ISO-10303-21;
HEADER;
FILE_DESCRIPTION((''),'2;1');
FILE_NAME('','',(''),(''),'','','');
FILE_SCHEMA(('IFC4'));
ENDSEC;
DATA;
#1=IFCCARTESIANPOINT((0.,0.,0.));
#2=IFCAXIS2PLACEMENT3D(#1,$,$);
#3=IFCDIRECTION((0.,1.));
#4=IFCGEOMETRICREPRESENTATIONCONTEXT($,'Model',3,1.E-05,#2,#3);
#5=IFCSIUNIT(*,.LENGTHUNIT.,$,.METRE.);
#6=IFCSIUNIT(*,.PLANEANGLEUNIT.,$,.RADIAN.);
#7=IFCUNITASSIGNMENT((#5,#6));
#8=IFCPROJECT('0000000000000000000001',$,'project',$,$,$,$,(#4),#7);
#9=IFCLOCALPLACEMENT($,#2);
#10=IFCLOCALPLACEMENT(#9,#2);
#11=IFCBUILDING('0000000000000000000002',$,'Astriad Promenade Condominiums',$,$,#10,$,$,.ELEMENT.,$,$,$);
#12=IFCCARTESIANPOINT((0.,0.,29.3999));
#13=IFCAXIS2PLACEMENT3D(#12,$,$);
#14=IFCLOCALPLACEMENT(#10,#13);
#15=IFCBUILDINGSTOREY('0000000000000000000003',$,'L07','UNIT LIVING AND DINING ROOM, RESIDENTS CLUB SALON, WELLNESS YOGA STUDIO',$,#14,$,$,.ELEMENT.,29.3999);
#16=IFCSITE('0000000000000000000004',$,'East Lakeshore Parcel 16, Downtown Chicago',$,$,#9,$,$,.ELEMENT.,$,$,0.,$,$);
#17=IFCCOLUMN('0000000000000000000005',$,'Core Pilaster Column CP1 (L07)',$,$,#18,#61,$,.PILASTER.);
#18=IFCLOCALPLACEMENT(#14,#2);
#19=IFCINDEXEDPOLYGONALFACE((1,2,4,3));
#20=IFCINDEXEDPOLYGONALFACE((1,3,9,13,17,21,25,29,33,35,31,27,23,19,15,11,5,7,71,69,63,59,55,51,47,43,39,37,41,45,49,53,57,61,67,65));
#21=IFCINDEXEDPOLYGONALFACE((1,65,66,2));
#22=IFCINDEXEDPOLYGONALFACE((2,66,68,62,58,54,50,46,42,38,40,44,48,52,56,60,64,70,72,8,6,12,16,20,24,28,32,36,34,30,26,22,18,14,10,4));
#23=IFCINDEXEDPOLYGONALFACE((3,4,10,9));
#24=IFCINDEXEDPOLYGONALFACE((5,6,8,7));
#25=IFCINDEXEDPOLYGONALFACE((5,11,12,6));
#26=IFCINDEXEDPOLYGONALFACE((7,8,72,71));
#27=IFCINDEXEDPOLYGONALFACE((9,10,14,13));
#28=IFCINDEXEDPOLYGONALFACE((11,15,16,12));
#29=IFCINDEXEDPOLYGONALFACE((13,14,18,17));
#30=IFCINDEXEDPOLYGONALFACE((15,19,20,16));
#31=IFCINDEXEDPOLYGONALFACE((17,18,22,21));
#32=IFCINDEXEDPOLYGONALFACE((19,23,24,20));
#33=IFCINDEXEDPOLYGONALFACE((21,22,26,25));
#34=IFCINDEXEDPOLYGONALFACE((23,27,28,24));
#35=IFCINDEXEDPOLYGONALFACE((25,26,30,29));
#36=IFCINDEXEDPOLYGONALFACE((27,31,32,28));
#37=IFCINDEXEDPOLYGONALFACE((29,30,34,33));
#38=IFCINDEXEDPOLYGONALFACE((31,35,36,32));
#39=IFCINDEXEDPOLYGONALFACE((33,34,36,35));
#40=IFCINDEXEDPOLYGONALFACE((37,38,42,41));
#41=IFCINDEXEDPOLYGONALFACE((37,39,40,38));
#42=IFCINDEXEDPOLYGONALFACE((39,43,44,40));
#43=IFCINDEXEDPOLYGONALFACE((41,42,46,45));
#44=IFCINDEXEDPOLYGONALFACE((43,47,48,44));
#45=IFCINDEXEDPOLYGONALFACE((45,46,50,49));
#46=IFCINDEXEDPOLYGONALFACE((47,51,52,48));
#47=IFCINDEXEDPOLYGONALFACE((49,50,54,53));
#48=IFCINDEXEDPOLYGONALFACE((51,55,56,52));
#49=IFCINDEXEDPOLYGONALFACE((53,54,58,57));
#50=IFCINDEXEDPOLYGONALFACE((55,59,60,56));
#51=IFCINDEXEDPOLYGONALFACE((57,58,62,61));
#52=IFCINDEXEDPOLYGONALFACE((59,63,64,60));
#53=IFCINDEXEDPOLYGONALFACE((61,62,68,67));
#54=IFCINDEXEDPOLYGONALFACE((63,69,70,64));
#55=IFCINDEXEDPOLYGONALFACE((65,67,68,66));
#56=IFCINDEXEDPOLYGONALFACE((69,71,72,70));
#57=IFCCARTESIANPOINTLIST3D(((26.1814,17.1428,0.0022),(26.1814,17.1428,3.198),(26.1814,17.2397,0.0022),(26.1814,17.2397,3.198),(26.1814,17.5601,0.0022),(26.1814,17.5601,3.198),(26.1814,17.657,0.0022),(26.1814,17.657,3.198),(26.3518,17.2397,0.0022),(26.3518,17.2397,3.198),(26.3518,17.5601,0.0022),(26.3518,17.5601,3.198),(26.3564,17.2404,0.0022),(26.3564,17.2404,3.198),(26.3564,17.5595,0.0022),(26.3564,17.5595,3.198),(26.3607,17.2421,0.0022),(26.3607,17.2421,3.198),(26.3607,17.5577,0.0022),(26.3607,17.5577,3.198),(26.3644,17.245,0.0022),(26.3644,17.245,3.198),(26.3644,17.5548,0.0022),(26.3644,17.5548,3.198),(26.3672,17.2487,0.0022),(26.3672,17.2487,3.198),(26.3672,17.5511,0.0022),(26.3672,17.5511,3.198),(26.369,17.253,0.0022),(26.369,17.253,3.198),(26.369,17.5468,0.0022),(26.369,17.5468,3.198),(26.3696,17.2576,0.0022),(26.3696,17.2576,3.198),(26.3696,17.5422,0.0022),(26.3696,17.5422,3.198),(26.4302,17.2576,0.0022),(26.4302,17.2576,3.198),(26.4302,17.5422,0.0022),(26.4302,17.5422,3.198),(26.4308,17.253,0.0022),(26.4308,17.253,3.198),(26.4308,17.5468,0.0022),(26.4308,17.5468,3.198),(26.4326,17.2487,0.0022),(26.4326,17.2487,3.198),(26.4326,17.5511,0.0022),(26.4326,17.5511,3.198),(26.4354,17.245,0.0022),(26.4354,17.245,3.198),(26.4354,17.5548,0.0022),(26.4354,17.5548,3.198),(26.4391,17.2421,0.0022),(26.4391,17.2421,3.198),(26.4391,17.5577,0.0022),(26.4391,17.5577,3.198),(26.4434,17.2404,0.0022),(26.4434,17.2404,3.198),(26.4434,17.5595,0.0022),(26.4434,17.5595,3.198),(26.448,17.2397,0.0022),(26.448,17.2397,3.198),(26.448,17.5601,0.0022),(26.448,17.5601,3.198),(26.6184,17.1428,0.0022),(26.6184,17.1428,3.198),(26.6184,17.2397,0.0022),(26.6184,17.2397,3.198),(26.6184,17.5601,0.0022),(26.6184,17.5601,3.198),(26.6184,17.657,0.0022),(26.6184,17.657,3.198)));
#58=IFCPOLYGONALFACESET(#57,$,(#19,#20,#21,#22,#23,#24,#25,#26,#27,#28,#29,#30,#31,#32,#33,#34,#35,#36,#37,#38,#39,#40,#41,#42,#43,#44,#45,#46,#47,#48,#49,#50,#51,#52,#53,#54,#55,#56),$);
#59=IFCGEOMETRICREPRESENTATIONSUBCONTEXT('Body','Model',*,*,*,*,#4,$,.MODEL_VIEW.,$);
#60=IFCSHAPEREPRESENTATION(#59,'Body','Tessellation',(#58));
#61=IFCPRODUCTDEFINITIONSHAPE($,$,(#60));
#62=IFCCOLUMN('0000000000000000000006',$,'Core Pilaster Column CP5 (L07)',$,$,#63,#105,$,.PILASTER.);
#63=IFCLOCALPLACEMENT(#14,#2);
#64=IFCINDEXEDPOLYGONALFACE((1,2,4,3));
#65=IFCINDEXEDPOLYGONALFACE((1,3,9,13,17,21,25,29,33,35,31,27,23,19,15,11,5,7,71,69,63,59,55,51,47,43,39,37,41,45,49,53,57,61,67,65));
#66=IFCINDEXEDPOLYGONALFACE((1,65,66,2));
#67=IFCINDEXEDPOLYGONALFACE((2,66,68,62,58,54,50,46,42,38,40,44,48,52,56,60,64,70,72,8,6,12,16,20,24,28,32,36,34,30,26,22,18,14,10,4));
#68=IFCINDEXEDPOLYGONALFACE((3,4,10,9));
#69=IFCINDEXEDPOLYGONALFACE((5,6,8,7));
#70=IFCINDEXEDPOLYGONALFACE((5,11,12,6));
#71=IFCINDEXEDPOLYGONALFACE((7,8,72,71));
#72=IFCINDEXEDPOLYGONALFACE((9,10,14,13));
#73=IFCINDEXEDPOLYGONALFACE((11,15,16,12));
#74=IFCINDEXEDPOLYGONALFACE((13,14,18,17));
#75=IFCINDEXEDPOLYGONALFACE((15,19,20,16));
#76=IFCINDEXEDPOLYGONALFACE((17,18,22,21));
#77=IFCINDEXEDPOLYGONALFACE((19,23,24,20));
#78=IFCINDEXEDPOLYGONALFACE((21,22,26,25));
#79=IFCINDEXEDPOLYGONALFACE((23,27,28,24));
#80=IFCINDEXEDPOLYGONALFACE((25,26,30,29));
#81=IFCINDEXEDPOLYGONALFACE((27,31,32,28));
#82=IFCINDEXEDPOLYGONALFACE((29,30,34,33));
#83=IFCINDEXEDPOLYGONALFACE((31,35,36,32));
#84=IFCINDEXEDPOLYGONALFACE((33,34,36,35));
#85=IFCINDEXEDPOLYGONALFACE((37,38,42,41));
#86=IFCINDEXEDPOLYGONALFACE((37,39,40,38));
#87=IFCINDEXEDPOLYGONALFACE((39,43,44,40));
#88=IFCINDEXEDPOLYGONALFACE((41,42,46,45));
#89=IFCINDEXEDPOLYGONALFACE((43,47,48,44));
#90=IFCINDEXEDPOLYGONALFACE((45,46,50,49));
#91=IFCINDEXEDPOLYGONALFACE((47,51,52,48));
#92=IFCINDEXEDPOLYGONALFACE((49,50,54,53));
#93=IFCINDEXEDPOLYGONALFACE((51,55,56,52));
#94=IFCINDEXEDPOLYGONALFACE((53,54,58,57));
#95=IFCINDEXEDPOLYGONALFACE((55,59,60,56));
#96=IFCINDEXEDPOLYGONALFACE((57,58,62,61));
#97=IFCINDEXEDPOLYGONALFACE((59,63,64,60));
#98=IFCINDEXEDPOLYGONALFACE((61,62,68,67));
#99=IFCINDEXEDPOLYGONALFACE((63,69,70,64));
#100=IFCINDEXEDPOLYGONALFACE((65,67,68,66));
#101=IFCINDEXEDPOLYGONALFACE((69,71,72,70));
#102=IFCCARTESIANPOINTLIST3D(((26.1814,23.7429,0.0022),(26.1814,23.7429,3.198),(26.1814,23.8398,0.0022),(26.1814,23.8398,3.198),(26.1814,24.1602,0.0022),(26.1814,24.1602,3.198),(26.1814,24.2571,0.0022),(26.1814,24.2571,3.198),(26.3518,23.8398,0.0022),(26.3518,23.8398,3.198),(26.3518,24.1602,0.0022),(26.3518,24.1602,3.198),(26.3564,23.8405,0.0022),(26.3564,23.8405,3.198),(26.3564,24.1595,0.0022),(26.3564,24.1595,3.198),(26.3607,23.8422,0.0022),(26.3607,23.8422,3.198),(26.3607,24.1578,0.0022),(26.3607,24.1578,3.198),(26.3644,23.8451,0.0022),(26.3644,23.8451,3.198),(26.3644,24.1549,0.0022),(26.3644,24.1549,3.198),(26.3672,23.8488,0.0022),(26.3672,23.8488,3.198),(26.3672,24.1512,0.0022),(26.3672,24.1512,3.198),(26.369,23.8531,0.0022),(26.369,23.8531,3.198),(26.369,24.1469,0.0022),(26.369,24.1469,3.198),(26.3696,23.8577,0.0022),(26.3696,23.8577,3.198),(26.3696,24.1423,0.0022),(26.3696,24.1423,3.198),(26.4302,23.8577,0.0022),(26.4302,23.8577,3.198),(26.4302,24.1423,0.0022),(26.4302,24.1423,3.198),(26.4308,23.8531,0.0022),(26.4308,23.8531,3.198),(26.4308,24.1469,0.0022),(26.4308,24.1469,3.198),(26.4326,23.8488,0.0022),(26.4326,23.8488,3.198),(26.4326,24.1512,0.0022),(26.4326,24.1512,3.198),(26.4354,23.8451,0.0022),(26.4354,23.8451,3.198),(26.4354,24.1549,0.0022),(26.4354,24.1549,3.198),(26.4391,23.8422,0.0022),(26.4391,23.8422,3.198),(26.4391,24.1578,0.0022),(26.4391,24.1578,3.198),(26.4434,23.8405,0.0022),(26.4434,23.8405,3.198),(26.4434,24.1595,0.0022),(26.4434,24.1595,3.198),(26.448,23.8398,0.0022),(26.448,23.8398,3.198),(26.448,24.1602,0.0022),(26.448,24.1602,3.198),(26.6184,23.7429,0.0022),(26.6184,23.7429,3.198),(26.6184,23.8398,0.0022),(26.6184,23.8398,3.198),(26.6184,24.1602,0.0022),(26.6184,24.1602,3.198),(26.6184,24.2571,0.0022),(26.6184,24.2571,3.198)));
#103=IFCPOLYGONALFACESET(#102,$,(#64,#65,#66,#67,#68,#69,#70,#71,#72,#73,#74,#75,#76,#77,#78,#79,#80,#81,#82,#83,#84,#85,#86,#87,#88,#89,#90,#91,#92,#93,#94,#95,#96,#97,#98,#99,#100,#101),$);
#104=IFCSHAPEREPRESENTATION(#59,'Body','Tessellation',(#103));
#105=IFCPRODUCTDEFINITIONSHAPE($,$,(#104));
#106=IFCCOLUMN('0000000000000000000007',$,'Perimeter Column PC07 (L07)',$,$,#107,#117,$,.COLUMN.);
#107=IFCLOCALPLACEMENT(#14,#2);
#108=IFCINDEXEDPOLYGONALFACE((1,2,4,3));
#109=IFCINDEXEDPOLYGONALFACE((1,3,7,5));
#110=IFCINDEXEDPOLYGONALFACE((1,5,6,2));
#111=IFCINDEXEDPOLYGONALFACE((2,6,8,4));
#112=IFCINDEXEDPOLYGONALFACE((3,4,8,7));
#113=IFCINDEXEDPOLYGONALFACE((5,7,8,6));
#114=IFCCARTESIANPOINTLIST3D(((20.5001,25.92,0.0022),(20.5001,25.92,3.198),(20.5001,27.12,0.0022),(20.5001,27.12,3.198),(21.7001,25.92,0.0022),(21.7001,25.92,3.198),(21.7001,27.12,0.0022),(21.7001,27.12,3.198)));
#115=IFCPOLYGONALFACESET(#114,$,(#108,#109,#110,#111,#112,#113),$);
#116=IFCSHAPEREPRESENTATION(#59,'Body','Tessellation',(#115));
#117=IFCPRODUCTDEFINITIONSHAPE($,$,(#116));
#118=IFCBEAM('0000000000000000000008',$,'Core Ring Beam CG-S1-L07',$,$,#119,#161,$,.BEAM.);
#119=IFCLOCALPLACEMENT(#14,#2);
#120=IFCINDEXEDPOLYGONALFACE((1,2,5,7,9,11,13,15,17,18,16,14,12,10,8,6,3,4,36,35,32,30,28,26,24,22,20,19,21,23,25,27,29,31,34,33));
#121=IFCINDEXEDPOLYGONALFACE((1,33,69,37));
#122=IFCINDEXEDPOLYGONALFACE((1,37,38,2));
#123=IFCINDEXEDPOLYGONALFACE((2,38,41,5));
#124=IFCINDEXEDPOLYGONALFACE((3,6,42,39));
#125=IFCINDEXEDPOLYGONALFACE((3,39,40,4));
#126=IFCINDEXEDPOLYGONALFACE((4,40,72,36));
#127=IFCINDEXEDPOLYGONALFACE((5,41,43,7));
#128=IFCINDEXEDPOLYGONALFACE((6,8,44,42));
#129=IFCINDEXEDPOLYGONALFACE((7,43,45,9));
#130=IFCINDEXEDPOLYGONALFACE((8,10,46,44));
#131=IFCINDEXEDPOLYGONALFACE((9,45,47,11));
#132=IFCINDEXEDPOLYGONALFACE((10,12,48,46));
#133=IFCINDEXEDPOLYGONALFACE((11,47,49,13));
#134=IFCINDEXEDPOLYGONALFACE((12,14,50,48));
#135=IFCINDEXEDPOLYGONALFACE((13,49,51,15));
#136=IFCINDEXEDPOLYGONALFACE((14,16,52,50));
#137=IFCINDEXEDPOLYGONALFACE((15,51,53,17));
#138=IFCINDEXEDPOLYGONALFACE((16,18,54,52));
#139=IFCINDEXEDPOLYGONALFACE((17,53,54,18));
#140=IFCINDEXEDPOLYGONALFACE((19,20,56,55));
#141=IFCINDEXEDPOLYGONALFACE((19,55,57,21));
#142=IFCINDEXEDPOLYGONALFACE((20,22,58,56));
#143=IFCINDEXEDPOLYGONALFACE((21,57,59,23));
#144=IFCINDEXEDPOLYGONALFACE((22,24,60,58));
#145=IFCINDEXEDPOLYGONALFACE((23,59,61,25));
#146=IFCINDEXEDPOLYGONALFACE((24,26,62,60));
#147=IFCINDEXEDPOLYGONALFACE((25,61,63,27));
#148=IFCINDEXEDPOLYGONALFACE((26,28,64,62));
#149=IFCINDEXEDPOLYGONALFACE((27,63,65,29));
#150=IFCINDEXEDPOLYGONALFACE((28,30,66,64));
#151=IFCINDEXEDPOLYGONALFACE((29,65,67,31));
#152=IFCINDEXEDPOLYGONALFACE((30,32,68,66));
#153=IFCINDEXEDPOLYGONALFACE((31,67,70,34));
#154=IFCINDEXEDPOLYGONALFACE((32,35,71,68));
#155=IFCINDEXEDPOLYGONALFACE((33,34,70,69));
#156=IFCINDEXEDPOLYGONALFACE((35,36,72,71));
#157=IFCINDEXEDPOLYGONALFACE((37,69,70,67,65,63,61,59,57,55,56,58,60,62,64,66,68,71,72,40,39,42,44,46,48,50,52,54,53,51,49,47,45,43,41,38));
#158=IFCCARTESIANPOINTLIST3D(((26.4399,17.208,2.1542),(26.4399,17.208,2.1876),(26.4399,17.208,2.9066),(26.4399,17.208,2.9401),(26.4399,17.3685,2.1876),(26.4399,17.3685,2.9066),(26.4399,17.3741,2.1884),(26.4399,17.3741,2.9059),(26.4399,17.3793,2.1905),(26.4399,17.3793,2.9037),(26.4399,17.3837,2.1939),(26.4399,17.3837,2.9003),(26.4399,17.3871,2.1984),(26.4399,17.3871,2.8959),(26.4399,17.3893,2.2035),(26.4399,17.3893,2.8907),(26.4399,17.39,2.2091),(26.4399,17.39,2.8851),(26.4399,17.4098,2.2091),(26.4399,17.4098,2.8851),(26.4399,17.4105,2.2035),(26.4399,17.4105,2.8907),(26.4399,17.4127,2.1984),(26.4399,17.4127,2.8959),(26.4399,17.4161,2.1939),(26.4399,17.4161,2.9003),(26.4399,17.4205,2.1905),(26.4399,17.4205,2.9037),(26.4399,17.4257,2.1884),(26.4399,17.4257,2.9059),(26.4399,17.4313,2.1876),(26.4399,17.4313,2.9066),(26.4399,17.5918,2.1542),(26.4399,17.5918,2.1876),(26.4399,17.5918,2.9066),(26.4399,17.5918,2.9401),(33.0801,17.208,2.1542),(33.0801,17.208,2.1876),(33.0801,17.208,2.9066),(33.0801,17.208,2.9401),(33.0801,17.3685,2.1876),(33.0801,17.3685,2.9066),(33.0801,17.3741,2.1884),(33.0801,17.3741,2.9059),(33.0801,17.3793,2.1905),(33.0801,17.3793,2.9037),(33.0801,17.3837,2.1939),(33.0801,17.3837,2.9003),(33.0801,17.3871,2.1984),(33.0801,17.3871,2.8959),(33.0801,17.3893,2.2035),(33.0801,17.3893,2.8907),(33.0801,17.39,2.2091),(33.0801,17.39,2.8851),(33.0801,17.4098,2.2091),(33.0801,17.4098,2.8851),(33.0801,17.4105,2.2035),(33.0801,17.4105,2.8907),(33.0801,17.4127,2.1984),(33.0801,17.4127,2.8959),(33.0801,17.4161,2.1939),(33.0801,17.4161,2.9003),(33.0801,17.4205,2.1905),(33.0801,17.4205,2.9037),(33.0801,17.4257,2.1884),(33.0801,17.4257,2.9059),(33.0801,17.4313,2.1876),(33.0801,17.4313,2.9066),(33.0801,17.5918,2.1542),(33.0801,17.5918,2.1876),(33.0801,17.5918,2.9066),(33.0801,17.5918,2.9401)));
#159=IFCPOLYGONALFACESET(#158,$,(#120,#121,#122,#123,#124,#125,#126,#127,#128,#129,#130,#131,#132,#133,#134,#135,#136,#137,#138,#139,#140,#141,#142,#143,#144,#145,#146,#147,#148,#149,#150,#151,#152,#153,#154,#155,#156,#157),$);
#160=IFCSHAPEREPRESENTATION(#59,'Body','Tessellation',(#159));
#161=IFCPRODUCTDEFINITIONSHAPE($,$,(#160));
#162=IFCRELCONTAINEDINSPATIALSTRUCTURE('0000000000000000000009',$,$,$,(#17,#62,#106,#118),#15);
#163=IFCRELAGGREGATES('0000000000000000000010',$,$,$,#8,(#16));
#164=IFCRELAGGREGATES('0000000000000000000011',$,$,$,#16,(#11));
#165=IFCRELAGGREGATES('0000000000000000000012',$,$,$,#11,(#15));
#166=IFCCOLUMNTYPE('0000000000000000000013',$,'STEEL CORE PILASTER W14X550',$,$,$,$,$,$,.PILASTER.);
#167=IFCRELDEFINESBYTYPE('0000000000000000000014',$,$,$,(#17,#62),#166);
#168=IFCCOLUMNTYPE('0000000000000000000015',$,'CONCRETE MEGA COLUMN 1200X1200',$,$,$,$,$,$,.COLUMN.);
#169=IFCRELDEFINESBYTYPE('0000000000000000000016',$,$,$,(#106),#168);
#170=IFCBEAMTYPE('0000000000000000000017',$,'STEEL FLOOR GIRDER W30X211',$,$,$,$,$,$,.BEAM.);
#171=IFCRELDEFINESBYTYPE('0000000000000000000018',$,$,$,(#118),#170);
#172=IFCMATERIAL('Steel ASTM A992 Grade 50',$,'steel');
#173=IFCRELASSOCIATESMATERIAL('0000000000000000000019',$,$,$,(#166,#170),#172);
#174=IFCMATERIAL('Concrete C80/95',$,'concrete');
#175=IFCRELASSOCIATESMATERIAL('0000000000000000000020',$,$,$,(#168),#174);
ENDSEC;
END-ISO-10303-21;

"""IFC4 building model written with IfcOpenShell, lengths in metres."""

from ifc_helpers import new_model, si_unit, direction, frame, origin, origin_2d, place, context, subcontext, project, spatial, rectangle, i_section, extrude, source, transform, mapped, material, material_profile, profile_set, type_object, type_shapes, element, save


model = new_model("IFC4")

# Units and contexts
model_context = context("Model", 3, precision=1e-05, world=origin(), true_north=direction((0.0, 1.0)))
body_context = subcontext(model_context, "Body", "Model", "MODEL_VIEW")
ifc_project = project(units=[si_unit("LENGTHUNIT", "METRE"), si_unit("PLANEANGLEUNIT", "RADIAN")], contexts=[model_context])

# Site, building, storey
site_placement = place(None, origin())
site = spatial("IfcSite", under=ifc_project, at=site_placement, Name="East Lakeshore Parcel 16, Downtown Chicago", CompositionType="ELEMENT", RefElevation=0.0)
building_placement = place(site_placement, origin())
building = spatial("IfcBuilding", under=site, at=building_placement, Name="Astriad Promenade Condominiums", CompositionType="ELEMENT")
storey_placement = place(building_placement, frame((0.0, 0.0, 29.3999)))
storey = spatial("IfcBuildingStorey", under=building, at=storey_placement, Name="L07", Description="UNIT LIVING AND DINING ROOM, RESIDENTS CLUB SALON, WELLNESS YOGA STUDIO", CompositionType="ELEMENT", Elevation=29.3999)

# Columns
ifc_material_1 = material(Name="Steel ASTM A992 Grade 50", Category="steel")
ifc_material_profile_1 = material_profile(ifc_material_1, i_section(OverallWidth=0.437, OverallDepth=0.5142, WebThickness=0.0605, FlangeThickness=0.0969, FilletRadius=0.0178, at=origin_2d()), Name="W14X550")
ifc_profile_set_1 = profile_set([ifc_material_profile_1], Name="Steel ASTM A992 Grade 50")
column_type_1 = type_object("IfcColumnType", Name="STEEL CORE PILASTER W14X550", PredefinedType="PILASTER", material=ifc_profile_set_1)
shared_shape_1 = source(origin(), body_context, "Body", "SweptSolid", [
    extrude(i_section(OverallWidth=0.437, OverallDepth=0.5142, WebThickness=0.0605, FlangeThickness=0.0969, FilletRadius=0.0178, at=origin_2d()), origin(), (0.0, 0.0, 1.0), 3.1958),
])
type_shapes(column_type_1, [shared_shape_1])
for number, where, z_axis, x_axis, name in (
    (1, (26.3999, 17.3999, 0.0022), (0.0, 0.0, 1.0), (1.0, 0.0, 0.0), "Core Pilaster Column CP1 (L07)"),
    (2, (26.3999, 24.0, 0.0022), (0.0, 0.0, 1.0), (1.0, 0.0, 0.0), "Core Pilaster Column CP5 (L07)"),
):
    element("IfcColumn", number, at=place(storey_placement, frame(where, z_axis=z_axis, x_axis=x_axis)), inside=storey, type_object=column_type_1, Name=name, PredefinedType="PILASTER", context=body_context, shape_type="MappedRepresentation", body=[
        mapped(shared_shape_1, transform((0.0, 0.0, 0.0), scale=1.0)),
    ])
ifc_material_2 = material(Name="Concrete C80/95", Category="concrete")
ifc_material_profile_2 = material_profile(ifc_material_2, rectangle(XDim=1.2, YDim=1.2, at=origin_2d()), Name="RC-COL-1200X1200")
ifc_profile_set_2 = profile_set([ifc_material_profile_2], Name="Concrete C80/95")
column_type_2 = type_object("IfcColumnType", Name="CONCRETE MEGA COLUMN 1200X1200", PredefinedType="COLUMN", material=ifc_profile_set_2)
shared_shape_2 = source(origin(), body_context, "Body", "SweptSolid", [
    extrude(rectangle(XDim=1.2, YDim=1.2, at=origin_2d()), origin(), (0.0, 0.0, 1.0), 3.1958),
])
type_shapes(column_type_2, [shared_shape_2])
column_placement = place(storey_placement, frame((21.1001, 26.52, 0.0022), z_axis=(0.0, 0.0, 1.0), x_axis=(1.0, 0.0, 0.0)))
element("IfcColumn", 3, at=column_placement, inside=storey, type_object=column_type_2, Name="Perimeter Column PC07 (L07)", PredefinedType="COLUMN", context=body_context, shape_type="MappedRepresentation", body=[
    mapped(shared_shape_2, transform((0.0, 0.0, 0.0), scale=1.0)),
])

# Beam
ifc_material_profile_3 = material_profile(ifc_material_1, i_section(OverallWidth=0.3838, OverallDepth=0.7859, WebThickness=0.0198, FlangeThickness=0.0334, FilletRadius=0.0215, at=origin_2d()), Name="W30X211")
ifc_profile_set_3 = profile_set([ifc_material_profile_3], Name="Steel ASTM A992 Grade 50")
beam_type_1 = type_object("IfcBeamType", Name="STEEL FLOOR GIRDER W30X211", PredefinedType="BEAM", material=ifc_profile_set_3)
shared_shape_3 = source(origin(), body_context, "Body", "SweptSolid", [
    extrude(i_section(OverallWidth=0.3838, OverallDepth=0.7859, WebThickness=0.0198, FlangeThickness=0.0334, FilletRadius=0.0215, at=origin_2d()), origin(), (0.0, 0.0, 1.0), 6.6401),
])
type_shapes(beam_type_1, [shared_shape_3])
beam_1_placement = place(storey_placement, frame((26.4399, 17.3999, 2.5471), z_axis=(1.0, 0.0, 0.0), x_axis=(0.0, 1.0, 0.0)))
element("IfcBeam", 4, at=beam_1_placement, inside=storey, type_object=beam_type_1, Name="Core Ring Beam CG-S1-L07", PredefinedType="BEAM", context=body_context, shape_type="MappedRepresentation", body=[
    mapped(shared_shape_3, transform((0.0, 0.0, 0.0), scale=1.0)),
])

save(model, "model.ifc")
